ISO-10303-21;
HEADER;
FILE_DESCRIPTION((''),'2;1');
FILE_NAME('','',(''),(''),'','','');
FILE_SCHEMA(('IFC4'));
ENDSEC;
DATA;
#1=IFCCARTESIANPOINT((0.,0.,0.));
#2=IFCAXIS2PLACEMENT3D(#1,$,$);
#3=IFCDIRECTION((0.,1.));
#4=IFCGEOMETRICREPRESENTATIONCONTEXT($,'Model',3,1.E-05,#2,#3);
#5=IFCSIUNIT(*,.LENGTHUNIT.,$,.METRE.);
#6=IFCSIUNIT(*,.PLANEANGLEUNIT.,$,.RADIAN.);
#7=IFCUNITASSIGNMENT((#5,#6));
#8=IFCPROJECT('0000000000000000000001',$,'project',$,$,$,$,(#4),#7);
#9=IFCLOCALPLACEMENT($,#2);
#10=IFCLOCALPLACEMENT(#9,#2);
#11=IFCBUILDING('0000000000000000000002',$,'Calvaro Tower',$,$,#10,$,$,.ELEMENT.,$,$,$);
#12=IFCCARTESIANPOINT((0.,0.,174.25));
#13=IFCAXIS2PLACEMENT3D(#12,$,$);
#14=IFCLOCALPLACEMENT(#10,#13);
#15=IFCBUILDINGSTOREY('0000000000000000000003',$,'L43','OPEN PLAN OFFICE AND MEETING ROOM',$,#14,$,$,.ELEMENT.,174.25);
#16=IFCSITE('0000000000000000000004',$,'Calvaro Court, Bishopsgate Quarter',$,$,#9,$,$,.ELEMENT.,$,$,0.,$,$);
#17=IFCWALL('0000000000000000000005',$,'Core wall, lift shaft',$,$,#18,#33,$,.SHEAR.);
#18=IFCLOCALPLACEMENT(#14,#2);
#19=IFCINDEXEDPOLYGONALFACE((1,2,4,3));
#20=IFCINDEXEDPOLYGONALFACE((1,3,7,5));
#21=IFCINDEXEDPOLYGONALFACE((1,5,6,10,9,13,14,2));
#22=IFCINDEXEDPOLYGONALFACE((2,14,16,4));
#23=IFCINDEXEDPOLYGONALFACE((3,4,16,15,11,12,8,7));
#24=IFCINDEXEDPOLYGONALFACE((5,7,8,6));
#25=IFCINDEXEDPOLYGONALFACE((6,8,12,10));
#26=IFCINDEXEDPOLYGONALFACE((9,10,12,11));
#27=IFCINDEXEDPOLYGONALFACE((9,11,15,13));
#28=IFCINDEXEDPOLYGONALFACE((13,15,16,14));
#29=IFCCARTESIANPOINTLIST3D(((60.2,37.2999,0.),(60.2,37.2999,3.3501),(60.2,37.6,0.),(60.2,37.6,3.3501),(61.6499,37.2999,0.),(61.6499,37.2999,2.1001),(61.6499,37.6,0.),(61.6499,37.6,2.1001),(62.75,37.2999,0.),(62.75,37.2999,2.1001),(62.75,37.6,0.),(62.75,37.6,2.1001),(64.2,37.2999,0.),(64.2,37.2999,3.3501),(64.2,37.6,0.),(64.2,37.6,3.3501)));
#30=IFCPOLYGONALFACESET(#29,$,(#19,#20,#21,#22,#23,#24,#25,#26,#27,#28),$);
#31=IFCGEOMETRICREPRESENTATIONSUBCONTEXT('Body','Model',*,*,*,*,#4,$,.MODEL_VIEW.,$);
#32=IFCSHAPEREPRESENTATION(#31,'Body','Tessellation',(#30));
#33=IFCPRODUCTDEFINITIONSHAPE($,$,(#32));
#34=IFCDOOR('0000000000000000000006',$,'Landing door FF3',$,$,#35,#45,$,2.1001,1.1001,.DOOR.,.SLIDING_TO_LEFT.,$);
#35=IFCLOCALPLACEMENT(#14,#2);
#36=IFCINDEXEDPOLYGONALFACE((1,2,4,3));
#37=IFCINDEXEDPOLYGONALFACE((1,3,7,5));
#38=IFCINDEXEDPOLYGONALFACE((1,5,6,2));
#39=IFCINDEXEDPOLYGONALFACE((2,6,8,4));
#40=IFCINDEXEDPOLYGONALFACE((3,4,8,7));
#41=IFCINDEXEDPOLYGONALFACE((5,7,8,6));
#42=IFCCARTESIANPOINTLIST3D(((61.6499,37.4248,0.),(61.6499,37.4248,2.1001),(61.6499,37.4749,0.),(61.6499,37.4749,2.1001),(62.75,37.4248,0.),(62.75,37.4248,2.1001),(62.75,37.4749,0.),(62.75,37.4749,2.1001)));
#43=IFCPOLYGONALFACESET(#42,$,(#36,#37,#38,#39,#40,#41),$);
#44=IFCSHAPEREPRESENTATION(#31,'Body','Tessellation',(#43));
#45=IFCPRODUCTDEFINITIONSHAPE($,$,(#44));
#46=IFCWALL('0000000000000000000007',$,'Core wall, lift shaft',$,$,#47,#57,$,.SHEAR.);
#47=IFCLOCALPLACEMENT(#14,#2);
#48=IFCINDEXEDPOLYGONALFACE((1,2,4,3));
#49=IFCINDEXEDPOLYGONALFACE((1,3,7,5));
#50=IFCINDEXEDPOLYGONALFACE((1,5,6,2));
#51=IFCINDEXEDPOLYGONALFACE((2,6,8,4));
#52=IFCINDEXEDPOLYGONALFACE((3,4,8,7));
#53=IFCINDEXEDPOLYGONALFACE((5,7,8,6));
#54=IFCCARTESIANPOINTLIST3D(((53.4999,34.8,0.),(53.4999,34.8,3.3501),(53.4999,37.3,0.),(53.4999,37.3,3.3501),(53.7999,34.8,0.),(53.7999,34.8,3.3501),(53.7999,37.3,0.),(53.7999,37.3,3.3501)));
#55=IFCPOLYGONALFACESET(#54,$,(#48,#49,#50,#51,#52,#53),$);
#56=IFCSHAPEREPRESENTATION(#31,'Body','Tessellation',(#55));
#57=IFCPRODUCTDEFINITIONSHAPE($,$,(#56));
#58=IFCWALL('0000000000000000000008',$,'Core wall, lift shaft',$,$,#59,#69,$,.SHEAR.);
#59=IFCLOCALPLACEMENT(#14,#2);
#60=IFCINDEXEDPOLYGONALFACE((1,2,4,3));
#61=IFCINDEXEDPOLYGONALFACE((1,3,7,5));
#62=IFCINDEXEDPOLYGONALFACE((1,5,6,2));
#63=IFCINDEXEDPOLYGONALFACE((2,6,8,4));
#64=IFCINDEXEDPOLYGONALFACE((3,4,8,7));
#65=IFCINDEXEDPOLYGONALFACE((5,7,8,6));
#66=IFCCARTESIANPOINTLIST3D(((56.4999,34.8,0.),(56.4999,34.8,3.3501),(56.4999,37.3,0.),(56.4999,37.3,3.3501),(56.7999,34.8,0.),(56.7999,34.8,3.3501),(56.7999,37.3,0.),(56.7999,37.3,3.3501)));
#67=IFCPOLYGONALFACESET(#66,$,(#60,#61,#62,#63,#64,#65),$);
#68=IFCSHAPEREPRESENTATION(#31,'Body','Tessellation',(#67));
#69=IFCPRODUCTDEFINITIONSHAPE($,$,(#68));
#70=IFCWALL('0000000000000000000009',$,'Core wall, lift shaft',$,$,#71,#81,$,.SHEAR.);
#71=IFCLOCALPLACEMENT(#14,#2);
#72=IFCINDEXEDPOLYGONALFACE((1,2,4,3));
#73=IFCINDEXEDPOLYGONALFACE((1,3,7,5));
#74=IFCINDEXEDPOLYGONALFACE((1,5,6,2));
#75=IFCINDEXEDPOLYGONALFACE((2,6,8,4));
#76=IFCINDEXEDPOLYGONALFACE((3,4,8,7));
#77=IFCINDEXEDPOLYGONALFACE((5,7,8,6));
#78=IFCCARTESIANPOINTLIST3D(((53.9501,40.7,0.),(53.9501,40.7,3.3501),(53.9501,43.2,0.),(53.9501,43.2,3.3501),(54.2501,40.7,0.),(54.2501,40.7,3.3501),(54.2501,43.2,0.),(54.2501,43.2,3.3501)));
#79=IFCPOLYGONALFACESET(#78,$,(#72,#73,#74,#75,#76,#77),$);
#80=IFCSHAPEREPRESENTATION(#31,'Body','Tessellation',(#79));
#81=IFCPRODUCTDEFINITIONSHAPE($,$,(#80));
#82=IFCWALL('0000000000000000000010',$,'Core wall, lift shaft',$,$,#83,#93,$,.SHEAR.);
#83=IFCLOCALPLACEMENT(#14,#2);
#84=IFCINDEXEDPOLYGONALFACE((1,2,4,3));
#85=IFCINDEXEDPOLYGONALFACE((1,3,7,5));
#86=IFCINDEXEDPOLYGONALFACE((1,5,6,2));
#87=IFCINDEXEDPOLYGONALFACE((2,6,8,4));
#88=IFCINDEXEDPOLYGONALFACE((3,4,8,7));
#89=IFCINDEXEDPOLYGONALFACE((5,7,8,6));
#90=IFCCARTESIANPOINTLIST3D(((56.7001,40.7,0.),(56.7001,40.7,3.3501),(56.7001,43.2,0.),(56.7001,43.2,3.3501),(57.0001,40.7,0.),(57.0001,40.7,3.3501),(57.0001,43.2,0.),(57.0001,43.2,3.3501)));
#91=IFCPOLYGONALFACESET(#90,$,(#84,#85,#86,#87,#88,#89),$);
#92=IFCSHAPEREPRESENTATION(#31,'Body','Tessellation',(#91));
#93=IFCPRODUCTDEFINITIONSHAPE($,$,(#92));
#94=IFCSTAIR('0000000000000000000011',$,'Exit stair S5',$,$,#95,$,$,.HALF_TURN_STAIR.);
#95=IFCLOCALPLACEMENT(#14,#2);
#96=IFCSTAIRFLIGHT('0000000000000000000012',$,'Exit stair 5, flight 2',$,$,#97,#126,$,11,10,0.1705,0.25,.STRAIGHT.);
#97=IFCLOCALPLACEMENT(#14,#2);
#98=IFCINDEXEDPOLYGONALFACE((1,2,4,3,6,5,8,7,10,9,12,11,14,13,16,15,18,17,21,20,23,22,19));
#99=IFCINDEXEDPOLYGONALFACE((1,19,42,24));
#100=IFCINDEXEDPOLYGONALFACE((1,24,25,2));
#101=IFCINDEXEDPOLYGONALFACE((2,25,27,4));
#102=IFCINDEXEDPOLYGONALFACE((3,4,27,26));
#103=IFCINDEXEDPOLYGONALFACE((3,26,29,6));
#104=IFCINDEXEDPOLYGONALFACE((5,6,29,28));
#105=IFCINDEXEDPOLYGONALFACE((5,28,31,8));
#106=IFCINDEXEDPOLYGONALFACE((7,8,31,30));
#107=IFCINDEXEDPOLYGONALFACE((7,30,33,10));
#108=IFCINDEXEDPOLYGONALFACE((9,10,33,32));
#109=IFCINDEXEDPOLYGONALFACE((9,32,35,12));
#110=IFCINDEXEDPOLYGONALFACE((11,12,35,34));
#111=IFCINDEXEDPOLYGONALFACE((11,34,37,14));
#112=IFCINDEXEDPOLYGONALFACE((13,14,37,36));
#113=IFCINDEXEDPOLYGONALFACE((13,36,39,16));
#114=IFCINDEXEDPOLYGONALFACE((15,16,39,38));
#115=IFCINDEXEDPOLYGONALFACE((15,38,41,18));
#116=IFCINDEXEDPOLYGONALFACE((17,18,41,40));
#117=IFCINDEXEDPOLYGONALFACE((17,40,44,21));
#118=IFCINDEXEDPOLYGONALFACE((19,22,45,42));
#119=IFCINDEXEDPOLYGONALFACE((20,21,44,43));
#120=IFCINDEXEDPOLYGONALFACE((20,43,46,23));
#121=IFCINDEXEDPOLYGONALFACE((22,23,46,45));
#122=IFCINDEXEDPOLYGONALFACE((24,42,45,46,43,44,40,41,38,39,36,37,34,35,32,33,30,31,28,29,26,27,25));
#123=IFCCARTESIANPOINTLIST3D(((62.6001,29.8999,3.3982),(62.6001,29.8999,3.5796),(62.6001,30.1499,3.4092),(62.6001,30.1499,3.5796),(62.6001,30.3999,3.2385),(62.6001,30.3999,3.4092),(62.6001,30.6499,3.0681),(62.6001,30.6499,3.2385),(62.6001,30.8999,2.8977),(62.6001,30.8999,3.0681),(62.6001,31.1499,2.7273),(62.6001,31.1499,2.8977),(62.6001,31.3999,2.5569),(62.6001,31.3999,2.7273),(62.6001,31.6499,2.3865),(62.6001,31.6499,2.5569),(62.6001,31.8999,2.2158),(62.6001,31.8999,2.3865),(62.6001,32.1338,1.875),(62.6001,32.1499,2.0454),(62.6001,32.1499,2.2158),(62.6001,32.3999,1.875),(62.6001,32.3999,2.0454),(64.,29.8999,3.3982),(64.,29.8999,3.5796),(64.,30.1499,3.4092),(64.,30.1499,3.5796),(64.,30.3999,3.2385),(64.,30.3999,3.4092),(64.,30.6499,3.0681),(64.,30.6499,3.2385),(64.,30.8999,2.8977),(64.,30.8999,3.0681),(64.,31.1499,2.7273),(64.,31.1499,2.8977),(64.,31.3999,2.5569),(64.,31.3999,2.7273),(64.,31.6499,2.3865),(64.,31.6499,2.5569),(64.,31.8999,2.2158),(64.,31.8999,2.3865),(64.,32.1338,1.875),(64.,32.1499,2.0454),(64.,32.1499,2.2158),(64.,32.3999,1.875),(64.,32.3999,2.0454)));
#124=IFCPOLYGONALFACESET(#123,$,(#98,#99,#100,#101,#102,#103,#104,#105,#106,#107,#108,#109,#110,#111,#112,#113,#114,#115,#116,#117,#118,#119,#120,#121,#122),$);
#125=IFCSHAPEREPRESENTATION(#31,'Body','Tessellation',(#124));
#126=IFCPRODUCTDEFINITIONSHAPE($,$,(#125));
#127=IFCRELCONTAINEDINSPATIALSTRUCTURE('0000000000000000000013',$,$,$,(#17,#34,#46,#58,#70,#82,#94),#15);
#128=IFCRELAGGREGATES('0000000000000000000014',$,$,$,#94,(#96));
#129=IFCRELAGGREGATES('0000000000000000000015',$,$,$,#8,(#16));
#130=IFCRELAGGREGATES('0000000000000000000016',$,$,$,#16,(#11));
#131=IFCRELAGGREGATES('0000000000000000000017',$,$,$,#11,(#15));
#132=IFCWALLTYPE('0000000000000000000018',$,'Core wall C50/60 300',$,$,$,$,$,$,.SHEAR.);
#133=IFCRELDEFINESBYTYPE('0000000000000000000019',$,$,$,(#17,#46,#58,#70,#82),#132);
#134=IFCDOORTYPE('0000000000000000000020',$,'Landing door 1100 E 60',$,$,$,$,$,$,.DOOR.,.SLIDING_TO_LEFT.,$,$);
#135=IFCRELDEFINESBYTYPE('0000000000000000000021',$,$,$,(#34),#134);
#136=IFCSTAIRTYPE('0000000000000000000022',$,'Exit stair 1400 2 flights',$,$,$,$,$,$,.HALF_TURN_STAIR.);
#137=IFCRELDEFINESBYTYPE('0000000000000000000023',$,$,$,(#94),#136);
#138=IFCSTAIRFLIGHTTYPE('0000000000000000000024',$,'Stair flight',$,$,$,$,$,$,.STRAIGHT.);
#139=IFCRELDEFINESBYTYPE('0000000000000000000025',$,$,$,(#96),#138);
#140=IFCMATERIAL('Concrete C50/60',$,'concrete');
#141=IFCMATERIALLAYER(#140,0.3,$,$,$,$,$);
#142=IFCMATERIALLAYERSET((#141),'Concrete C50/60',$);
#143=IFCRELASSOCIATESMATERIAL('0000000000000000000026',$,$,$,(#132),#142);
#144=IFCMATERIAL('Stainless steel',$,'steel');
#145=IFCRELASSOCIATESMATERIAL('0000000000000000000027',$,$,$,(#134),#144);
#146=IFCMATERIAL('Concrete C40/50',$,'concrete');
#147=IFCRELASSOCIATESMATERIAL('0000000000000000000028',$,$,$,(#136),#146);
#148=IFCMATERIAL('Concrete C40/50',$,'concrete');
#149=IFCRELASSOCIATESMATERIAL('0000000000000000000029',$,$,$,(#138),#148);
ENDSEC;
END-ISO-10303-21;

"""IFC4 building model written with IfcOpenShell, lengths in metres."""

from ifc_helpers import new_model, si_unit, direction, frame, frame_2d, origin, place, context, subcontext, project, spatial, polyline, rectangle, outline, extrude, material, layer, layer_set, type_object, element, fill, aggregate, save


model = new_model("IFC4")

# Units and contexts
model_context = context("Model", 3, precision=1e-05, world=origin(), true_north=direction((0.0, 1.0)))
body_context = subcontext(model_context, "Body", "Model", "MODEL_VIEW")
ifc_project = project(units=[si_unit("LENGTHUNIT", "METRE"), si_unit("PLANEANGLEUNIT", "RADIAN")], contexts=[model_context])

# Site, building, storey
site_placement = place(None, origin())
site = spatial("IfcSite", under=ifc_project, at=site_placement, Name="Calvaro Court, Bishopsgate Quarter", CompositionType="ELEMENT", RefElevation=0.0)
building_placement = place(site_placement, origin())
building = spatial("IfcBuilding", under=site, at=building_placement, Name="Calvaro Tower", CompositionType="ELEMENT")
storey_placement = place(building_placement, frame((0.0, 0.0, 174.25)))
storey = spatial("IfcBuildingStorey", under=building, at=storey_placement, Name="L43", Description="OPEN PLAN OFFICE AND MEETING ROOM", CompositionType="ELEMENT", Elevation=174.25)

# Shared definitions
ifc_material_1 = material(Name="Concrete C50/60", Category="concrete")
ifc_layer_1 = layer(ifc_material_1, 0.3)
ifc_layer_set_1 = layer_set([ifc_layer_1], Name="Concrete C50/60")
wall_type_1 = type_object("IfcWallType", Name="Core wall C50/60 300", PredefinedType="SHEAR", material=ifc_layer_set_1)

# Wall, opening, door
wall_1_placement = place(storey_placement, frame((60.2, 37.45, 0.0), z_axis=(0.0, 0.0, 1.0), x_axis=(1.0, 0.0, 0.0)))
wall_1 = element("IfcWall", 1, at=wall_1_placement, inside=storey, type_object=wall_type_1, Name="Core wall, lift shaft", PredefinedType="SHEAR", context=body_context, shape_type="SweptSolid", body=[
    extrude(rectangle(XDim=4.0, YDim=0.3, at=frame_2d((2.0, 0.0))), origin(), (0.0, 0.0, 1.0), 3.3501),
])
opening_1_placement = place(wall_1_placement, frame((1.45, 0.0, 0.0)))
opening_1 = element("IfcOpeningElement", 2, at=opening_1_placement, cuts=wall_1, PredefinedType="OPENING", context=body_context, shape_type="SweptSolid", body=[
    extrude(rectangle(XDim=1.1001, YDim=2.1001, at=frame_2d((0.55, 1.05))), frame((0.0, 0.1599, 0.0), z_axis=(0.0, -1.0, 0.0), x_axis=(1.0, 0.0, 0.0)), (0.0, 0.0, 1.0), 0.3201),
])
ifc_material_2 = material(Name="Stainless steel", Category="steel")
door_type_1 = type_object("IfcDoorType", Name="Landing door 1100 E 60", OperationType="SLIDING_TO_LEFT", PredefinedType="DOOR", material=ifc_material_2)
door_1_placement = place(opening_1_placement, origin())
door_1 = element("IfcDoor", 3, at=door_1_placement, inside=storey, type_object=door_type_1, Name="Landing door FF3", OperationType="SLIDING_TO_LEFT", OverallHeight=2.1001, OverallWidth=1.1001, PredefinedType="DOOR", context=body_context, shape_type="SweptSolid", body=[
    extrude(rectangle(XDim=1.1001, YDim=2.1001, at=frame_2d((0.55, 1.05))), frame((0.0, 0.0249, 0.0), z_axis=(0.0, -1.0, 0.0), x_axis=(1.0, 0.0, 0.0)), (0.0, 0.0, 1.0), 0.05),
])
fill(opening_1, door_1)

# Walls
for number, where, z_axis, x_axis, name in (
    (4, (53.6499, 34.8, 0.0), (0.0, 0.0, 1.0), (0.0, 1.0, 0.0), "Core wall, lift shaft"),
    (5, (56.6499, 34.8, 0.0), (0.0, 0.0, 1.0), (0.0, 1.0, 0.0), "Core wall, lift shaft"),
    (6, (54.1001, 40.7, 0.0), (0.0, 0.0, 1.0), (0.0, 1.0, 0.0), "Core wall, lift shaft"),
    (7, (56.8501, 40.7, 0.0), (0.0, 0.0, 1.0), (0.0, 1.0, 0.0), "Core wall, lift shaft"),
):
    element("IfcWall", number, at=place(storey_placement, frame(where, z_axis=z_axis, x_axis=x_axis)), inside=storey, type_object=wall_type_1, Name=name, PredefinedType="SHEAR", context=body_context, shape_type="SweptSolid", body=[
        extrude(rectangle(XDim=2.5, YDim=0.3, at=frame_2d((1.25, 0.0))), origin(), (0.0, 0.0, 1.0), 3.3501),
    ])

# Stair, stair flight
ifc_material_3 = material(Name="Concrete C40/50", Category="concrete")
stair_type = type_object("IfcStairType", Name="Exit stair 1400 2 flights", PredefinedType="HALF_TURN_STAIR", material=ifc_material_3)
stair_placement = place(storey_placement, origin())
stair = element("IfcStair", 8, at=stair_placement, inside=storey, type_object=stair_type, Name="Exit stair S5", PredefinedType="HALF_TURN_STAIR")
ifc_material_4 = material(Name="Concrete C40/50", Category="concrete")
stair_flight_type = type_object("IfcStairFlightType", Name="Stair flight", PredefinedType="STRAIGHT", material=ifc_material_4)
stair_flight_placement = place(storey_placement, frame((63.3, 32.3999, 1.875), z_axis=(0.0, 0.0, 1.0), x_axis=(0.0, -1.0, 0.0)))
stair_flight = element("IfcStairFlight", 9, at=stair_flight_placement, type_object=stair_flight_type, Name="Exit stair 5, flight 2", NumberOfRisers=11, NumberOfTreads=10, PredefinedType="STRAIGHT", RiserHeight=0.1705, TreadLength=0.25, context=body_context, shape_type="SweptSolid", body=[
    extrude(outline(polyline([(0.0, 0.0), (0.0, 0.1704), (0.25, 0.1704), (0.25, 0.3408), (0.5, 0.3408), (0.5, 0.5115), (0.75, 0.5115), (0.75, 0.6819), (1.0, 0.6819), (1.0, 0.8523), (1.25, 0.8523), (1.25, 1.0227), (1.5, 1.0227), (1.5, 1.1931), (1.75, 1.1931), (1.75, 1.3635), (2.0, 1.3635), (2.0, 1.5342), (2.25, 1.5342), (2.25, 1.7046), (2.5, 1.7046), (2.5, 1.875), (2.5, 1.5232), (0.2661, 0.0), (0.0, 0.0)])), frame((0.0, 0.7, 0.0), z_axis=(0.0, -1.0, 0.0), x_axis=(1.0, 0.0, 0.0)), (0.0, 0.0, 1.0), 1.3999),
])
aggregate(stair, [stair_flight])

save(model, "model.ifc")
